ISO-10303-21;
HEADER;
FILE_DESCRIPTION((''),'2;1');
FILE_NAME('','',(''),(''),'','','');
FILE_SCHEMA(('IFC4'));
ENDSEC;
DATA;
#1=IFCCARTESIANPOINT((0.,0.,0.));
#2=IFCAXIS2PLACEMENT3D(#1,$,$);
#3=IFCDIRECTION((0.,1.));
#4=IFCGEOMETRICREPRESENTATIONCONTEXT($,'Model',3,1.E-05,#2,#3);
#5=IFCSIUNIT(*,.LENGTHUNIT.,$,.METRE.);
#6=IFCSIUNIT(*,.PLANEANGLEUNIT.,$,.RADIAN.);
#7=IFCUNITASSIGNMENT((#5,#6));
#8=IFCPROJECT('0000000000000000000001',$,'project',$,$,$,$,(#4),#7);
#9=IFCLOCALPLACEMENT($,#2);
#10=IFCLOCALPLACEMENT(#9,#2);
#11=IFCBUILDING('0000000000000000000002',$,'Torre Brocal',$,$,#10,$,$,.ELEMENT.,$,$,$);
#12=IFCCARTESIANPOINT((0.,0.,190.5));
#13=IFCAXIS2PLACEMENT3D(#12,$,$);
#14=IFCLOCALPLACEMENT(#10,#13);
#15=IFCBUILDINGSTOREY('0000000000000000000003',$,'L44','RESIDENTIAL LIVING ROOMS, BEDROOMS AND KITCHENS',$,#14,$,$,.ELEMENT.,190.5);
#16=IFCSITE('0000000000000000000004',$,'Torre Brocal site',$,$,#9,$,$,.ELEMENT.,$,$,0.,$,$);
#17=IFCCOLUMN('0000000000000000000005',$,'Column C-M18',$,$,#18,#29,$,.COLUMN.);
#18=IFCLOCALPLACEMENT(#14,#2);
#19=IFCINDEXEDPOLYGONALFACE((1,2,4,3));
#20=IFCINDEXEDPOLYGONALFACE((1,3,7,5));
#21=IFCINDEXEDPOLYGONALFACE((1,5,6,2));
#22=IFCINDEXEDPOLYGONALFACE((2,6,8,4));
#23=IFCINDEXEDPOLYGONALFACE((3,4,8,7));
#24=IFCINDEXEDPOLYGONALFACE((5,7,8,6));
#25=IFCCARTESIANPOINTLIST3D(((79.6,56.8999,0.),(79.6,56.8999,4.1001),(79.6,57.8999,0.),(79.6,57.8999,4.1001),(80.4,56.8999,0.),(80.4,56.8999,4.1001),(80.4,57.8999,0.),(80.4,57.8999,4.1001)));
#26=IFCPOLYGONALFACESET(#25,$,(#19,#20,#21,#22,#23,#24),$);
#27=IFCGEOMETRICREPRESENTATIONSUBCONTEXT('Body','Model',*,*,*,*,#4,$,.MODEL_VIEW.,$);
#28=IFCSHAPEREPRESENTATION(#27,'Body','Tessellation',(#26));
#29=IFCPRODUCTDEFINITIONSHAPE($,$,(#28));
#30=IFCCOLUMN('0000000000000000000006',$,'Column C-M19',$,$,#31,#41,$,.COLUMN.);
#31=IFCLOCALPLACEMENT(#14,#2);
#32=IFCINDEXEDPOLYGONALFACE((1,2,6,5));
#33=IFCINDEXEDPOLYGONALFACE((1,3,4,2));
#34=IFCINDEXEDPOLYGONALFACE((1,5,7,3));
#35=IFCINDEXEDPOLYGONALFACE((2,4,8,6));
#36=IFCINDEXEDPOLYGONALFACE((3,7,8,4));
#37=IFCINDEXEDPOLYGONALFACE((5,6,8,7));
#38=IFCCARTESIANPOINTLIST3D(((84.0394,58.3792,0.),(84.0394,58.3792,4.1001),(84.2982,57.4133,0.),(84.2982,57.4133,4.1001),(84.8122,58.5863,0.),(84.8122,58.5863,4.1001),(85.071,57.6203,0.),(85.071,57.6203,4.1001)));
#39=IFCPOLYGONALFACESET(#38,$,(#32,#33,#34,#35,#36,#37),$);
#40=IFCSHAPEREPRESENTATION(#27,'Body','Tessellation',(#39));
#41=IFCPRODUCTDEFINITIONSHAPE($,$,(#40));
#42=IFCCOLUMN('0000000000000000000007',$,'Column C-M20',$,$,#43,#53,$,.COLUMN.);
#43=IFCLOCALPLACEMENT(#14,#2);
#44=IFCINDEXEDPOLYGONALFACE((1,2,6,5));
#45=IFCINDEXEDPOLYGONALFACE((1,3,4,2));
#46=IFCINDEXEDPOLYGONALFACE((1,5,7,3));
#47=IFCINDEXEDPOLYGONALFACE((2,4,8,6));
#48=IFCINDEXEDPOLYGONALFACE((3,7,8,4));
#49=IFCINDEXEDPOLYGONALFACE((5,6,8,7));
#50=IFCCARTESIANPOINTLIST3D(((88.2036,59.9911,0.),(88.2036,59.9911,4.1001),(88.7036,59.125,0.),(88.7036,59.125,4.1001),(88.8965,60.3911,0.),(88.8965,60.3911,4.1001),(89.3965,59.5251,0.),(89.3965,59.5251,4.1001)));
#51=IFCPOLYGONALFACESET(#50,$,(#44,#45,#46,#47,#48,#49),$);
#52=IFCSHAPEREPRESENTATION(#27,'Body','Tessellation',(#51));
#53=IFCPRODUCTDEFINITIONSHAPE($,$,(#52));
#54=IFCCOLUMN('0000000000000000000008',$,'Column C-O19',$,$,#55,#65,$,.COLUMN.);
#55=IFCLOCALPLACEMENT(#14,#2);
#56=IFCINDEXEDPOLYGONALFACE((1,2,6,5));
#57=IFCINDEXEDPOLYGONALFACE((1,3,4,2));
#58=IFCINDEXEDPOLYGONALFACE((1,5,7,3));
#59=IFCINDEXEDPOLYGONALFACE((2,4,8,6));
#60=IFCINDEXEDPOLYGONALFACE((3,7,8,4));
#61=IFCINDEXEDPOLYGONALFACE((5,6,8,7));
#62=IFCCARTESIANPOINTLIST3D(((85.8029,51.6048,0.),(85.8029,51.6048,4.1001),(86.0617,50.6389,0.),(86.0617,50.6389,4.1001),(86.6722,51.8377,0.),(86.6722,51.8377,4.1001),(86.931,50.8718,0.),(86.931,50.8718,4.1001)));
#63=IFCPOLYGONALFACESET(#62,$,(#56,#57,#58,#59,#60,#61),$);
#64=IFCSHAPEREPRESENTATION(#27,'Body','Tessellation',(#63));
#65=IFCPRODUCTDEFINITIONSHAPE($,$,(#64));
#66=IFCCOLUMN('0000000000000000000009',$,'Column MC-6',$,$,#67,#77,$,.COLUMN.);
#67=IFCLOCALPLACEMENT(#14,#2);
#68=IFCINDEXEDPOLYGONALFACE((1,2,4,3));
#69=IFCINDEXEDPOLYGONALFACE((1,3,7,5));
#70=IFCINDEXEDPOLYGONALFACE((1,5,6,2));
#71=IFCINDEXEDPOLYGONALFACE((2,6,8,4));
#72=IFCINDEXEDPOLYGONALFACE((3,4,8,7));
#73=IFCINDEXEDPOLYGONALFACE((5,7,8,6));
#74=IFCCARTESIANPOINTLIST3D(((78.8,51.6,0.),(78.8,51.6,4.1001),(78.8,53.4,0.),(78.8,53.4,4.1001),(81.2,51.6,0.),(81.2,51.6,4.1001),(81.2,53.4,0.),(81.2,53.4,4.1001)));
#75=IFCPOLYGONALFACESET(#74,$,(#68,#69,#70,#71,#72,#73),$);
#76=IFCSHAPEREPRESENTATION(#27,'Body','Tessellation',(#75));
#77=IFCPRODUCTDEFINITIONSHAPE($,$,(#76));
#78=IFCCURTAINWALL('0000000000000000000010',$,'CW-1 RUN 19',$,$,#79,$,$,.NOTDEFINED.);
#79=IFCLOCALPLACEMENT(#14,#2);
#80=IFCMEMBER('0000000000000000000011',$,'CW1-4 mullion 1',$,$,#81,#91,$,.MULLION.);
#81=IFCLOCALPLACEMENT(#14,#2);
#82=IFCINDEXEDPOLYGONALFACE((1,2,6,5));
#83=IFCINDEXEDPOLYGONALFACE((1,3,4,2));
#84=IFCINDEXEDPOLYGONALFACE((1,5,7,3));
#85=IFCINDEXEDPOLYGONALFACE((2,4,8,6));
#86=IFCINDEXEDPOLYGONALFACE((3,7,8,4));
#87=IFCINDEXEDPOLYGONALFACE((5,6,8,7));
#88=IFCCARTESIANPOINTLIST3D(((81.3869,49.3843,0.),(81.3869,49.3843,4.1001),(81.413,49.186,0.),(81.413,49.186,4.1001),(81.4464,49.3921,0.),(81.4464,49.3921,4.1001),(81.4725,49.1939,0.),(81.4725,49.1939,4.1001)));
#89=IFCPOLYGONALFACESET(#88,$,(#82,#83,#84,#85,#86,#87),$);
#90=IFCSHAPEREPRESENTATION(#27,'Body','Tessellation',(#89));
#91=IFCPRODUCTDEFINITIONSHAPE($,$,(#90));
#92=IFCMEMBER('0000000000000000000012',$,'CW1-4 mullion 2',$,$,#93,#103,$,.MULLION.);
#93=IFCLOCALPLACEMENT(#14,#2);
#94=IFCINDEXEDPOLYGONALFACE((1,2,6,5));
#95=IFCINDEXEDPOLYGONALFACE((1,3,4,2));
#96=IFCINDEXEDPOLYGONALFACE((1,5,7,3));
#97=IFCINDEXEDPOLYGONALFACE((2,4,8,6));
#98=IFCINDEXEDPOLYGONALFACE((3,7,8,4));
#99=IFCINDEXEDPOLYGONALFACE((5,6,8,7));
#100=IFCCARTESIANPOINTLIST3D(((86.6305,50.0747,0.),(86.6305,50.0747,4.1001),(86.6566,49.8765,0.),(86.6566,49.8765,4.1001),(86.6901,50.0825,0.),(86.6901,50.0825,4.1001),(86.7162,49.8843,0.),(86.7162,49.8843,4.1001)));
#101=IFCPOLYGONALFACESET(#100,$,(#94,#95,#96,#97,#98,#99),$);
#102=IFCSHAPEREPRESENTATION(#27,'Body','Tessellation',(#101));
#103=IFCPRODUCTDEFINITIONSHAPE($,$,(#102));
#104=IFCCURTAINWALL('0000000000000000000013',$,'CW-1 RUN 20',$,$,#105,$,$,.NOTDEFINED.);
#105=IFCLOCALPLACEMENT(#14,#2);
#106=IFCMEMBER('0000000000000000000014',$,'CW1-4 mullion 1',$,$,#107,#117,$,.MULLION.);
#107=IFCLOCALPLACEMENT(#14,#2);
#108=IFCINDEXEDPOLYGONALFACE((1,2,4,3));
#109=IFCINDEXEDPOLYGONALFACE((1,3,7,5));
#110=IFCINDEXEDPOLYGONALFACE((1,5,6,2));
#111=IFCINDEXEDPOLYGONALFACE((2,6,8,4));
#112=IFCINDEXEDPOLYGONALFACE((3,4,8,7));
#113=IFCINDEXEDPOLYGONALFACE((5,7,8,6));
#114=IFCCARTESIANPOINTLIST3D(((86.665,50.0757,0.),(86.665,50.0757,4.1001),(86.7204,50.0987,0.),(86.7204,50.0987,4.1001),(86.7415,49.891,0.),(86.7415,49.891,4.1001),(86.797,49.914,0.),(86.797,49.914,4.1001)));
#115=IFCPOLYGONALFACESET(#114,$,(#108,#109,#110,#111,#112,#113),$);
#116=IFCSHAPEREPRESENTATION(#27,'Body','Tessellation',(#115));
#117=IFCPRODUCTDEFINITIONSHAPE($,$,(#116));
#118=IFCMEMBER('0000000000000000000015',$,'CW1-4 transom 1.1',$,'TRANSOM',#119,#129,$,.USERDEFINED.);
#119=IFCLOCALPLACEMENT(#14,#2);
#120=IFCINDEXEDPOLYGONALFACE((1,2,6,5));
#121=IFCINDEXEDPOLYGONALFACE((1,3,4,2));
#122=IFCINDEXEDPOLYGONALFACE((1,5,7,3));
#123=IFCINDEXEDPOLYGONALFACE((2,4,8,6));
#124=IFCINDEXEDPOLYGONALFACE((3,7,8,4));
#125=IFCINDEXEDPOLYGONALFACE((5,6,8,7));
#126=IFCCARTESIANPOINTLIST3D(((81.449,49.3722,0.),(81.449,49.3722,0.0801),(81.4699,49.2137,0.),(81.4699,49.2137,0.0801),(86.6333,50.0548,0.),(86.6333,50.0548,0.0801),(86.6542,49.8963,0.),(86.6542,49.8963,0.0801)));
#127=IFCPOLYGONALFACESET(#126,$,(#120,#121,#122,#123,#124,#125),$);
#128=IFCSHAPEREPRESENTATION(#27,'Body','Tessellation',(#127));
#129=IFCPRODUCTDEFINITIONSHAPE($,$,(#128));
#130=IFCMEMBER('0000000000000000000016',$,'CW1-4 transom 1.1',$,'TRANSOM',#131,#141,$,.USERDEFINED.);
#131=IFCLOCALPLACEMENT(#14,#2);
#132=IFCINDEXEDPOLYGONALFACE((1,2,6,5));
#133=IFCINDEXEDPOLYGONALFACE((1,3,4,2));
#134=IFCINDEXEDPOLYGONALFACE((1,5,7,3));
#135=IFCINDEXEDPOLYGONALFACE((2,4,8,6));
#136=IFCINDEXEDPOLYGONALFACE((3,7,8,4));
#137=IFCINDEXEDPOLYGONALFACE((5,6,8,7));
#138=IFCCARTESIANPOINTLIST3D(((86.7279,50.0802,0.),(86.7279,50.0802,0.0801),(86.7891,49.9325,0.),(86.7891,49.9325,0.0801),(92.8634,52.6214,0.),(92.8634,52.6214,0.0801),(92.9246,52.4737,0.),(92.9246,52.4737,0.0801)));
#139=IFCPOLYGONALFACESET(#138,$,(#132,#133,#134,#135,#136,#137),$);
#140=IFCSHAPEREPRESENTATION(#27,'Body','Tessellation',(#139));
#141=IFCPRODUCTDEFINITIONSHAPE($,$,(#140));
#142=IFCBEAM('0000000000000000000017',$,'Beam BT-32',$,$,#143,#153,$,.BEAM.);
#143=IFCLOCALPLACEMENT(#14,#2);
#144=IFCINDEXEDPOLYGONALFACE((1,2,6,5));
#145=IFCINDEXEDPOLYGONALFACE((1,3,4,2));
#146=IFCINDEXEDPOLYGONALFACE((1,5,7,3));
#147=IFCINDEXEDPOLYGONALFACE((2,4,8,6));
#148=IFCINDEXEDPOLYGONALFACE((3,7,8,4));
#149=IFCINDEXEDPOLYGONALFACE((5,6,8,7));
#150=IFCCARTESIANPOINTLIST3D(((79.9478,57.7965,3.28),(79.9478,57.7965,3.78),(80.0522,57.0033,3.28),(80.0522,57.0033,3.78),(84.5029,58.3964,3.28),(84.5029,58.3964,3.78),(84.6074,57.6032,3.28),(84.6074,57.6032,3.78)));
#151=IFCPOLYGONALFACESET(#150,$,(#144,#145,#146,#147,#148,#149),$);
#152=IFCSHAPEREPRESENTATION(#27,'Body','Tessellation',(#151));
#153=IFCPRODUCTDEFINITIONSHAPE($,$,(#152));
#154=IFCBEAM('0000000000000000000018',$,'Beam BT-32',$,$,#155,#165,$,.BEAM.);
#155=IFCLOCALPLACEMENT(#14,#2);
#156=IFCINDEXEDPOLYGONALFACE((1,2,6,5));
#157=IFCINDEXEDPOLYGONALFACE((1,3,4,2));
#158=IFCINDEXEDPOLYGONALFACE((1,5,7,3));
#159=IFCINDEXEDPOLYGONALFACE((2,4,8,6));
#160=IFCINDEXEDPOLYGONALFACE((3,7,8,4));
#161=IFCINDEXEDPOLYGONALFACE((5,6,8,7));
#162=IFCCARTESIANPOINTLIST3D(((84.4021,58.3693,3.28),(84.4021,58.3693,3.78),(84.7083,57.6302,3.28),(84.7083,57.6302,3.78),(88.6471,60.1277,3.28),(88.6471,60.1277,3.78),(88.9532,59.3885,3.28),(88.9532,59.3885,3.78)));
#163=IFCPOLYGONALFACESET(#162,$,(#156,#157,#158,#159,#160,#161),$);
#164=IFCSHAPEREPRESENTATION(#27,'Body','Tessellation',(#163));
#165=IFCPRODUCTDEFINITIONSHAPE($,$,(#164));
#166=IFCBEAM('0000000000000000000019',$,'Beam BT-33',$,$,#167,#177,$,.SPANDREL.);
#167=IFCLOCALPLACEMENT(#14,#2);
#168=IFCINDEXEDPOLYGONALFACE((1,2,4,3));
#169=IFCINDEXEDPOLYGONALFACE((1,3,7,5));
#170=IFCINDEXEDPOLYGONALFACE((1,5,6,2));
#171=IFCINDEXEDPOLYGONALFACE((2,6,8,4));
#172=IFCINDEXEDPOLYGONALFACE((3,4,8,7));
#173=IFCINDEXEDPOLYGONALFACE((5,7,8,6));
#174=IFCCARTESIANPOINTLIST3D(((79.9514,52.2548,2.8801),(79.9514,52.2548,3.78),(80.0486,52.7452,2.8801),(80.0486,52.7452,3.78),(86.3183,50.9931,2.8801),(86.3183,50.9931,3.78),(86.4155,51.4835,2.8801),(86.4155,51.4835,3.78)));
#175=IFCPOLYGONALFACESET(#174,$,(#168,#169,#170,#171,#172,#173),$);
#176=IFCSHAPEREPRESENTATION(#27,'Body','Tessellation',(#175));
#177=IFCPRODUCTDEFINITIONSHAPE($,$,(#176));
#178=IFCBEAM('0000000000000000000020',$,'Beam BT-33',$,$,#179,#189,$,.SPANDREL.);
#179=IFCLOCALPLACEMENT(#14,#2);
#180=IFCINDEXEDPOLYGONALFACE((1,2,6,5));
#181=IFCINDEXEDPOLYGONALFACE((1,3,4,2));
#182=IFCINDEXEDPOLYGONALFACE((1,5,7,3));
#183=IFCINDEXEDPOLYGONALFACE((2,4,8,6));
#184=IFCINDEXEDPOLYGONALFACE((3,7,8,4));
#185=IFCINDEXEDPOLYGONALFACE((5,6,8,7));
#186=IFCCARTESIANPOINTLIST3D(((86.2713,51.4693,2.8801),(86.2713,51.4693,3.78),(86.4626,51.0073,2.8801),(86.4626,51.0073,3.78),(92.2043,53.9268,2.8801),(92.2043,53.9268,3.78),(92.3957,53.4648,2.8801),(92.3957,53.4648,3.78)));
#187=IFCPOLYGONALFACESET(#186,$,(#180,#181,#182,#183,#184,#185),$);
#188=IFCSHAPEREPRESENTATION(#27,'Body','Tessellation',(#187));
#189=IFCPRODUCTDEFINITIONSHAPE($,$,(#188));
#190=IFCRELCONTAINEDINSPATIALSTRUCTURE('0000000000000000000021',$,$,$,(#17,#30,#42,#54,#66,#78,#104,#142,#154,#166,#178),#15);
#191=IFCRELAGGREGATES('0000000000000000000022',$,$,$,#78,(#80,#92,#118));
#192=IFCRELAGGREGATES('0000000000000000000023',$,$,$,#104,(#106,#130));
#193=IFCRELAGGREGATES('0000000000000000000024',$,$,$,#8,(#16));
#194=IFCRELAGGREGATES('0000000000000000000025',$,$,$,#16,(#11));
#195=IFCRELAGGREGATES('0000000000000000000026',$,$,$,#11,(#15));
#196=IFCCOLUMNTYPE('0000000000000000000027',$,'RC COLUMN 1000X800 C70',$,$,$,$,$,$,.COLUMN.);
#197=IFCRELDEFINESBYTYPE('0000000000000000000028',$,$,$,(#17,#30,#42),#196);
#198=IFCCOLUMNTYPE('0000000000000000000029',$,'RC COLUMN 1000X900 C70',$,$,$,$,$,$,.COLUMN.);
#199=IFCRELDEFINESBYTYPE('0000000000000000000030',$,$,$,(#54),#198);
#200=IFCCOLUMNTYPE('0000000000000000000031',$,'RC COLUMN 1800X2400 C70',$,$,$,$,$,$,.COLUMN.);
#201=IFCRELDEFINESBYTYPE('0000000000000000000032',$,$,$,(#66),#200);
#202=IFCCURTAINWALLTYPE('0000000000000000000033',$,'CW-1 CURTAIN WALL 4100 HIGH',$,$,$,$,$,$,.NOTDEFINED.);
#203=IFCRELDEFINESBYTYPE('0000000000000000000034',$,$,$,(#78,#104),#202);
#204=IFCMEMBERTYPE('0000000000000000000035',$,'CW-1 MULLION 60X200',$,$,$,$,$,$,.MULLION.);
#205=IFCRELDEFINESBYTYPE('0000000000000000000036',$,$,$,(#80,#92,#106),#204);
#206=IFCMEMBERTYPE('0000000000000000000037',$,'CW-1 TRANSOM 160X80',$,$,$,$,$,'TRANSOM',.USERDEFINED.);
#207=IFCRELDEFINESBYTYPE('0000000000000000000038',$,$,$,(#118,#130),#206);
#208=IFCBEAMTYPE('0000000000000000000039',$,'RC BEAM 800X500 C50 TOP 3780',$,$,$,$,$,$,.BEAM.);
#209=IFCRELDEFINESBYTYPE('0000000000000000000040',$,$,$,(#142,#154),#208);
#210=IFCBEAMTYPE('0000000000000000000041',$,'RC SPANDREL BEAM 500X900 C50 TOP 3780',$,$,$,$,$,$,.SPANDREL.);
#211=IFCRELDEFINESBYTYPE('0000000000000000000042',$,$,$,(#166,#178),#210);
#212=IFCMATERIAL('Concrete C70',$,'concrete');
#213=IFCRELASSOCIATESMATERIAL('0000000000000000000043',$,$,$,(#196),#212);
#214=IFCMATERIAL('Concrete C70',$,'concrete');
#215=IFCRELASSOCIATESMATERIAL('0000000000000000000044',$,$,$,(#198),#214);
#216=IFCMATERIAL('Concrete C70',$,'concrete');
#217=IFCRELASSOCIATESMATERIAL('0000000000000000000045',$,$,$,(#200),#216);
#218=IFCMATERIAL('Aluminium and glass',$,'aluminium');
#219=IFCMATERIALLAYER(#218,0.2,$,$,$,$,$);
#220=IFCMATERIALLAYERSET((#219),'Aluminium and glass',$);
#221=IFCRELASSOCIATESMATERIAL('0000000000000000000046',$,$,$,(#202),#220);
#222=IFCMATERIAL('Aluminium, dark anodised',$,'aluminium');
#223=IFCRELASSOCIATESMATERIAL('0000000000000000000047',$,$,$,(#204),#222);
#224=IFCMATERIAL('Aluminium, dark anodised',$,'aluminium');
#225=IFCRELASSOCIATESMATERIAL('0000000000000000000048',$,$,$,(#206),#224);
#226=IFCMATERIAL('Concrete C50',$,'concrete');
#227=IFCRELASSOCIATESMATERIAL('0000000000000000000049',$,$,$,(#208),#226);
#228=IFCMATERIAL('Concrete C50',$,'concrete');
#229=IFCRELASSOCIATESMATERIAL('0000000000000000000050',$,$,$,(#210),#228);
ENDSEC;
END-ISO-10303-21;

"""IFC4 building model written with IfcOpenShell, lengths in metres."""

from ifc_helpers import new_model, si_unit, direction, frame, origin, origin_2d, place, context, subcontext, project, spatial, rectangle, extrude, material, layer, layer_set, material_profile, profile_set, type_object, element, aggregate, save


model = new_model("IFC4")

# Units and contexts
model_context = context("Model", 3, precision=1e-05, world=origin(), true_north=direction((0.0, 1.0)))
body_context = subcontext(model_context, "Body", "Model", "MODEL_VIEW")
ifc_project = project(units=[si_unit("LENGTHUNIT", "METRE"), si_unit("PLANEANGLEUNIT", "RADIAN")], contexts=[model_context])

# Site, building, storey
site_placement = place(None, origin())
site = spatial("IfcSite", under=ifc_project, at=site_placement, Name="Torre Brocal site", CompositionType="ELEMENT", RefElevation=0.0)
building_placement = place(site_placement, origin())
building = spatial("IfcBuilding", under=site, at=building_placement, Name="Torre Brocal", CompositionType="ELEMENT")
storey_placement = place(building_placement, frame((0.0, 0.0, 190.5)))
storey = spatial("IfcBuildingStorey", under=building, at=storey_placement, Name="L44", Description="RESIDENTIAL LIVING ROOMS, BEDROOMS AND KITCHENS", CompositionType="ELEMENT", Elevation=190.5)

# Columns
ifc_material_1 = material(Name="Concrete C70", Category="concrete")
ifc_material_profile_1 = material_profile(ifc_material_1, rectangle(XDim=1.0, YDim=0.8, at=origin_2d()), Name="RC 1000X800")
ifc_profile_set_1 = profile_set([ifc_material_profile_1], Name="Concrete C70")
column_type_1 = type_object("IfcColumnType", Name="RC COLUMN 1000X800 C70", PredefinedType="COLUMN", material=ifc_profile_set_1)
for number, where, z_axis, x_axis, name in (
    (1, (80.0, 57.3999, 0.0), (0.0, 0.0, 1.0), (0.0, -1.0, 0.0), "Column C-M18"),
    (2, (84.5552, 57.9998, 0.0), (0.0, 0.0, 1.0), (0.258819, -0.965926, 0.0), "Column C-M19"),
    (3, (88.8, 59.7581, 0.0), (0.0, 0.0, 1.0), (0.5, -0.866025, 0.0), "Column C-M20"),
):
    element("IfcColumn", number, at=place(storey_placement, frame(where, z_axis=z_axis, x_axis=x_axis)), inside=storey, type_object=column_type_1, Name=name, PredefinedType="COLUMN", context=body_context, shape_type="SweptSolid", body=[
        extrude(rectangle(XDim=1.0, YDim=0.8, at=origin_2d()), origin(), (0.0, 0.0, 1.0), 4.1001),
    ])
ifc_material_2 = material(Name="Concrete C70", Category="concrete")
ifc_material_profile_2 = material_profile(ifc_material_2, rectangle(XDim=1.0, YDim=0.8999, at=origin_2d()), Name="RC 1000X900")
ifc_profile_set_2 = profile_set([ifc_material_profile_2], Name="Concrete C70")
column_type_2 = type_object("IfcColumnType", Name="RC COLUMN 1000X900 C70", PredefinedType="COLUMN", material=ifc_profile_set_2)
column_1_placement = place(storey_placement, frame((86.3669, 51.2383, 0.0), z_axis=(0.0, 0.0, 1.0), x_axis=(0.258819, -0.965926, 0.0)))
element("IfcColumn", 4, at=column_1_placement, inside=storey, type_object=column_type_2, Name="Column C-O19", PredefinedType="COLUMN", context=body_context, shape_type="SweptSolid", body=[
    extrude(rectangle(XDim=1.0, YDim=0.8999, at=origin_2d()), origin(), (0.0, 0.0, 1.0), 4.1001),
])
ifc_material_3 = material(Name="Concrete C70", Category="concrete")
ifc_material_profile_3 = material_profile(ifc_material_3, rectangle(XDim=1.8, YDim=2.3999, at=origin_2d()), Name="RC 1800X2400")
ifc_profile_set_3 = profile_set([ifc_material_profile_3], Name="Concrete C70")
column_type_3 = type_object("IfcColumnType", Name="RC COLUMN 1800X2400 C70", PredefinedType="COLUMN", material=ifc_profile_set_3)
column_2_placement = place(storey_placement, frame((80.0, 52.5, 0.0), z_axis=(0.0, 0.0, 1.0), x_axis=(0.0, -1.0, 0.0)))
element("IfcColumn", 5, at=column_2_placement, inside=storey, type_object=column_type_3, Name="Column MC-6", PredefinedType="COLUMN", context=body_context, shape_type="SweptSolid", body=[
    extrude(rectangle(XDim=1.8, YDim=2.3999, at=origin_2d()), origin(), (0.0, 0.0, 1.0), 4.1001),
])

# Curtain wall, members
ifc_material_4 = material(Name="Aluminium and glass", Category="aluminium")
ifc_layer_1 = layer(ifc_material_4, 0.2)
ifc_layer_set_1 = layer_set([ifc_layer_1], Name="Aluminium and glass")
curtain_wall_type = type_object("IfcCurtainWallType", Name="CW-1 CURTAIN WALL 4100 HIGH", PredefinedType="NOTDEFINED", material=ifc_layer_set_1)
curtain_wall_1_placement = place(storey_placement, origin())
curtain_wall_1 = element("IfcCurtainWall", 6, at=curtain_wall_1_placement, inside=storey, type_object=curtain_wall_type, Name="CW-1 RUN 19", PredefinedType="NOTDEFINED")
ifc_material_5 = material(Name="Aluminium, dark anodised", Category="aluminium")
ifc_material_profile_4 = material_profile(ifc_material_5, rectangle(XDim=0.2, YDim=0.0601, at=origin_2d()), Name="CW-1 MULLION 60X200")
ifc_profile_set_4 = profile_set([ifc_material_profile_4], Name="Aluminium, dark anodised")
member_type_1 = type_object("IfcMemberType", Name="CW-1 MULLION 60X200", PredefinedType="MULLION", material=ifc_profile_set_4)
member_1_placement = place(storey_placement, frame((81.4297, 49.2891, 0.0), z_axis=(0.0, 0.0, 1.0), x_axis=(-0.130526, 0.991445, 0.0)))
member_1 = element("IfcMember", 7, at=member_1_placement, type_object=member_type_1, Name="CW1-4 mullion 1", PredefinedType="MULLION", context=body_context, shape_type="SweptSolid", body=[
    extrude(rectangle(XDim=0.2, YDim=0.0601, at=origin_2d()), origin(), (0.0, 0.0, 1.0), 4.1001),
])
member_2_placement = place(storey_placement, frame((86.6733, 49.9795, 0.0), z_axis=(0.0, 0.0, 1.0), x_axis=(-0.130526, 0.991445, 0.0)))
member_2 = element("IfcMember", 8, at=member_2_placement, type_object=member_type_1, Name="CW1-4 mullion 2", PredefinedType="MULLION", context=body_context, shape_type="SweptSolid", body=[
    extrude(rectangle(XDim=0.2, YDim=0.0601, at=origin_2d()), origin(), (0.0, 0.0, 1.0), 4.1001),
])

# Curtain wall, member
curtain_wall_2_placement = place(storey_placement, origin())
curtain_wall_2 = element("IfcCurtainWall", 9, at=curtain_wall_2_placement, inside=storey, type_object=curtain_wall_type, Name="CW-1 RUN 20", PredefinedType="NOTDEFINED")
member_3_placement = place(storey_placement, frame((86.731, 49.9949, 0.0), z_axis=(0.0, 0.0, 1.0), x_axis=(-0.382683, 0.92388, 0.0)))
member_3 = element("IfcMember", 10, at=member_3_placement, type_object=member_type_1, Name="CW1-4 mullion 1", PredefinedType="MULLION", context=body_context, shape_type="SweptSolid", body=[
    extrude(rectangle(XDim=0.2, YDim=0.0601, at=origin_2d()), origin(), (0.0, 0.0, 1.0), 4.1001),
])

# Members
ifc_material_6 = material(Name="Aluminium, dark anodised", Category="aluminium")
ifc_material_profile_5 = material_profile(ifc_material_6, rectangle(XDim=0.1599, YDim=0.0801, at=origin_2d()), Name="CW-1 TRANSOM 160X80")
ifc_profile_set_5 = profile_set([ifc_material_profile_5], Name="Aluminium, dark anodised")
member_type_2 = type_object("IfcMemberType", Name="CW-1 TRANSOM 160X80", ElementType="TRANSOM", PredefinedType="USERDEFINED", material=ifc_profile_set_5)
member_4_placement = place(storey_placement, frame((81.4595, 49.293, 0.04), z_axis=(0.991443, 0.130543, 0.0), x_axis=(-0.130543, 0.991443, 0.0)))
member_4 = element("IfcMember", 11, at=member_4_placement, type_object=member_type_2, Name="CW1-4 transom 1.1", ObjectType="TRANSOM", PredefinedType="USERDEFINED", context=body_context, shape_type="SweptSolid", body=[
    extrude(rectangle(XDim=0.1599, YDim=0.0801, at=origin_2d()), origin(), (0.0, 0.0, 1.0), 5.229),
])
member_5_placement = place(storey_placement, frame((86.7585, 50.0063, 0.04), z_axis=(0.923887, 0.382665, 0.0), x_axis=(-0.382665, 0.923887, 0.0)))
member_5 = element("IfcMember", 12, at=member_5_placement, type_object=member_type_2, Name="CW1-4 transom 1.1", ObjectType="TRANSOM", PredefinedType="USERDEFINED", context=body_context, shape_type="SweptSolid", body=[
    extrude(rectangle(XDim=0.1599, YDim=0.0801, at=origin_2d()), origin(), (0.0, 0.0, 1.0), 6.6409),
])

# Beams
ifc_material_7 = material(Name="Concrete C50", Category="concrete")
ifc_material_profile_6 = material_profile(ifc_material_7, rectangle(XDim=0.8, YDim=0.5, at=origin_2d()), Name="RC 800X500")
ifc_profile_set_6 = profile_set([ifc_material_profile_6], Name="Concrete C50")
beam_type_1 = type_object("IfcBeamType", Name="RC BEAM 800X500 C50 TOP 3780", PredefinedType="BEAM", material=ifc_profile_set_6)
beam_1_placement = place(storey_placement, frame((80.0, 57.3999, 3.53), z_axis=(0.991441, 0.130559, 0.0), x_axis=(-0.130559, 0.991441, 0.0)))
element("IfcBeam", 13, at=beam_1_placement, inside=storey, type_object=beam_type_1, Name="Beam BT-32", PredefinedType="BEAM", context=body_context, shape_type="SweptSolid", body=[
    extrude(rectangle(XDim=0.8, YDim=0.5, at=origin_2d()), origin(), (0.0, 0.0, 1.0), 4.5945),
])
beam_2_placement = place(storey_placement, frame((84.5552, 57.9998, 3.53), z_axis=(0.923878, 0.382687, 0.0), x_axis=(-0.382687, 0.923878, 0.0)))
element("IfcBeam", 14, at=beam_2_placement, inside=storey, type_object=beam_type_1, Name="Beam BT-32", PredefinedType="BEAM", context=body_context, shape_type="SweptSolid", body=[
    extrude(rectangle(XDim=0.8, YDim=0.5, at=origin_2d()), origin(), (0.0, 0.0, 1.0), 4.5947),
])
ifc_material_8 = material(Name="Concrete C50", Category="concrete")
ifc_material_profile_7 = material_profile(ifc_material_8, rectangle(XDim=0.5, YDim=0.8999, at=origin_2d()), Name="RC 500X900")
ifc_profile_set_7 = profile_set([ifc_material_profile_7], Name="Concrete C50")
beam_type_2 = type_object("IfcBeamType", Name="RC SPANDREL BEAM 500X900 C50 TOP 3780", PredefinedType="SPANDREL", material=ifc_profile_set_7)
beam_3_placement = place(storey_placement, frame((80.0, 52.5, 3.3301), z_axis=(0.980925, -0.194387, 0.0), x_axis=(0.194387, 0.980925, 0.0)))
element("IfcBeam", 15, at=beam_3_placement, inside=storey, type_object=beam_type_2, Name="Beam BT-33", PredefinedType="SPANDREL", context=body_context, shape_type="SweptSolid", body=[
    extrude(rectangle(XDim=0.5, YDim=0.8999, at=origin_2d()), origin(), (0.0, 0.0, 1.0), 6.4907),
])
beam_4_placement = place(storey_placement, frame((86.3669, 51.2383, 3.3301), z_axis=(0.923882, 0.382676, 0.0), x_axis=(-0.382676, 0.923882, 0.0)))
element("IfcBeam", 16, at=beam_4_placement, inside=storey, type_object=beam_type_2, Name="Beam BT-33", PredefinedType="SPANDREL", context=body_context, shape_type="SweptSolid", body=[
    extrude(rectangle(XDim=0.5, YDim=0.8999, at=origin_2d()), origin(), (0.0, 0.0, 1.0), 6.4219),
])

aggregate(curtain_wall_1, [member_1, member_2, member_4])
aggregate(curtain_wall_2, [member_3, member_5])

save(model, "model.ifc")
